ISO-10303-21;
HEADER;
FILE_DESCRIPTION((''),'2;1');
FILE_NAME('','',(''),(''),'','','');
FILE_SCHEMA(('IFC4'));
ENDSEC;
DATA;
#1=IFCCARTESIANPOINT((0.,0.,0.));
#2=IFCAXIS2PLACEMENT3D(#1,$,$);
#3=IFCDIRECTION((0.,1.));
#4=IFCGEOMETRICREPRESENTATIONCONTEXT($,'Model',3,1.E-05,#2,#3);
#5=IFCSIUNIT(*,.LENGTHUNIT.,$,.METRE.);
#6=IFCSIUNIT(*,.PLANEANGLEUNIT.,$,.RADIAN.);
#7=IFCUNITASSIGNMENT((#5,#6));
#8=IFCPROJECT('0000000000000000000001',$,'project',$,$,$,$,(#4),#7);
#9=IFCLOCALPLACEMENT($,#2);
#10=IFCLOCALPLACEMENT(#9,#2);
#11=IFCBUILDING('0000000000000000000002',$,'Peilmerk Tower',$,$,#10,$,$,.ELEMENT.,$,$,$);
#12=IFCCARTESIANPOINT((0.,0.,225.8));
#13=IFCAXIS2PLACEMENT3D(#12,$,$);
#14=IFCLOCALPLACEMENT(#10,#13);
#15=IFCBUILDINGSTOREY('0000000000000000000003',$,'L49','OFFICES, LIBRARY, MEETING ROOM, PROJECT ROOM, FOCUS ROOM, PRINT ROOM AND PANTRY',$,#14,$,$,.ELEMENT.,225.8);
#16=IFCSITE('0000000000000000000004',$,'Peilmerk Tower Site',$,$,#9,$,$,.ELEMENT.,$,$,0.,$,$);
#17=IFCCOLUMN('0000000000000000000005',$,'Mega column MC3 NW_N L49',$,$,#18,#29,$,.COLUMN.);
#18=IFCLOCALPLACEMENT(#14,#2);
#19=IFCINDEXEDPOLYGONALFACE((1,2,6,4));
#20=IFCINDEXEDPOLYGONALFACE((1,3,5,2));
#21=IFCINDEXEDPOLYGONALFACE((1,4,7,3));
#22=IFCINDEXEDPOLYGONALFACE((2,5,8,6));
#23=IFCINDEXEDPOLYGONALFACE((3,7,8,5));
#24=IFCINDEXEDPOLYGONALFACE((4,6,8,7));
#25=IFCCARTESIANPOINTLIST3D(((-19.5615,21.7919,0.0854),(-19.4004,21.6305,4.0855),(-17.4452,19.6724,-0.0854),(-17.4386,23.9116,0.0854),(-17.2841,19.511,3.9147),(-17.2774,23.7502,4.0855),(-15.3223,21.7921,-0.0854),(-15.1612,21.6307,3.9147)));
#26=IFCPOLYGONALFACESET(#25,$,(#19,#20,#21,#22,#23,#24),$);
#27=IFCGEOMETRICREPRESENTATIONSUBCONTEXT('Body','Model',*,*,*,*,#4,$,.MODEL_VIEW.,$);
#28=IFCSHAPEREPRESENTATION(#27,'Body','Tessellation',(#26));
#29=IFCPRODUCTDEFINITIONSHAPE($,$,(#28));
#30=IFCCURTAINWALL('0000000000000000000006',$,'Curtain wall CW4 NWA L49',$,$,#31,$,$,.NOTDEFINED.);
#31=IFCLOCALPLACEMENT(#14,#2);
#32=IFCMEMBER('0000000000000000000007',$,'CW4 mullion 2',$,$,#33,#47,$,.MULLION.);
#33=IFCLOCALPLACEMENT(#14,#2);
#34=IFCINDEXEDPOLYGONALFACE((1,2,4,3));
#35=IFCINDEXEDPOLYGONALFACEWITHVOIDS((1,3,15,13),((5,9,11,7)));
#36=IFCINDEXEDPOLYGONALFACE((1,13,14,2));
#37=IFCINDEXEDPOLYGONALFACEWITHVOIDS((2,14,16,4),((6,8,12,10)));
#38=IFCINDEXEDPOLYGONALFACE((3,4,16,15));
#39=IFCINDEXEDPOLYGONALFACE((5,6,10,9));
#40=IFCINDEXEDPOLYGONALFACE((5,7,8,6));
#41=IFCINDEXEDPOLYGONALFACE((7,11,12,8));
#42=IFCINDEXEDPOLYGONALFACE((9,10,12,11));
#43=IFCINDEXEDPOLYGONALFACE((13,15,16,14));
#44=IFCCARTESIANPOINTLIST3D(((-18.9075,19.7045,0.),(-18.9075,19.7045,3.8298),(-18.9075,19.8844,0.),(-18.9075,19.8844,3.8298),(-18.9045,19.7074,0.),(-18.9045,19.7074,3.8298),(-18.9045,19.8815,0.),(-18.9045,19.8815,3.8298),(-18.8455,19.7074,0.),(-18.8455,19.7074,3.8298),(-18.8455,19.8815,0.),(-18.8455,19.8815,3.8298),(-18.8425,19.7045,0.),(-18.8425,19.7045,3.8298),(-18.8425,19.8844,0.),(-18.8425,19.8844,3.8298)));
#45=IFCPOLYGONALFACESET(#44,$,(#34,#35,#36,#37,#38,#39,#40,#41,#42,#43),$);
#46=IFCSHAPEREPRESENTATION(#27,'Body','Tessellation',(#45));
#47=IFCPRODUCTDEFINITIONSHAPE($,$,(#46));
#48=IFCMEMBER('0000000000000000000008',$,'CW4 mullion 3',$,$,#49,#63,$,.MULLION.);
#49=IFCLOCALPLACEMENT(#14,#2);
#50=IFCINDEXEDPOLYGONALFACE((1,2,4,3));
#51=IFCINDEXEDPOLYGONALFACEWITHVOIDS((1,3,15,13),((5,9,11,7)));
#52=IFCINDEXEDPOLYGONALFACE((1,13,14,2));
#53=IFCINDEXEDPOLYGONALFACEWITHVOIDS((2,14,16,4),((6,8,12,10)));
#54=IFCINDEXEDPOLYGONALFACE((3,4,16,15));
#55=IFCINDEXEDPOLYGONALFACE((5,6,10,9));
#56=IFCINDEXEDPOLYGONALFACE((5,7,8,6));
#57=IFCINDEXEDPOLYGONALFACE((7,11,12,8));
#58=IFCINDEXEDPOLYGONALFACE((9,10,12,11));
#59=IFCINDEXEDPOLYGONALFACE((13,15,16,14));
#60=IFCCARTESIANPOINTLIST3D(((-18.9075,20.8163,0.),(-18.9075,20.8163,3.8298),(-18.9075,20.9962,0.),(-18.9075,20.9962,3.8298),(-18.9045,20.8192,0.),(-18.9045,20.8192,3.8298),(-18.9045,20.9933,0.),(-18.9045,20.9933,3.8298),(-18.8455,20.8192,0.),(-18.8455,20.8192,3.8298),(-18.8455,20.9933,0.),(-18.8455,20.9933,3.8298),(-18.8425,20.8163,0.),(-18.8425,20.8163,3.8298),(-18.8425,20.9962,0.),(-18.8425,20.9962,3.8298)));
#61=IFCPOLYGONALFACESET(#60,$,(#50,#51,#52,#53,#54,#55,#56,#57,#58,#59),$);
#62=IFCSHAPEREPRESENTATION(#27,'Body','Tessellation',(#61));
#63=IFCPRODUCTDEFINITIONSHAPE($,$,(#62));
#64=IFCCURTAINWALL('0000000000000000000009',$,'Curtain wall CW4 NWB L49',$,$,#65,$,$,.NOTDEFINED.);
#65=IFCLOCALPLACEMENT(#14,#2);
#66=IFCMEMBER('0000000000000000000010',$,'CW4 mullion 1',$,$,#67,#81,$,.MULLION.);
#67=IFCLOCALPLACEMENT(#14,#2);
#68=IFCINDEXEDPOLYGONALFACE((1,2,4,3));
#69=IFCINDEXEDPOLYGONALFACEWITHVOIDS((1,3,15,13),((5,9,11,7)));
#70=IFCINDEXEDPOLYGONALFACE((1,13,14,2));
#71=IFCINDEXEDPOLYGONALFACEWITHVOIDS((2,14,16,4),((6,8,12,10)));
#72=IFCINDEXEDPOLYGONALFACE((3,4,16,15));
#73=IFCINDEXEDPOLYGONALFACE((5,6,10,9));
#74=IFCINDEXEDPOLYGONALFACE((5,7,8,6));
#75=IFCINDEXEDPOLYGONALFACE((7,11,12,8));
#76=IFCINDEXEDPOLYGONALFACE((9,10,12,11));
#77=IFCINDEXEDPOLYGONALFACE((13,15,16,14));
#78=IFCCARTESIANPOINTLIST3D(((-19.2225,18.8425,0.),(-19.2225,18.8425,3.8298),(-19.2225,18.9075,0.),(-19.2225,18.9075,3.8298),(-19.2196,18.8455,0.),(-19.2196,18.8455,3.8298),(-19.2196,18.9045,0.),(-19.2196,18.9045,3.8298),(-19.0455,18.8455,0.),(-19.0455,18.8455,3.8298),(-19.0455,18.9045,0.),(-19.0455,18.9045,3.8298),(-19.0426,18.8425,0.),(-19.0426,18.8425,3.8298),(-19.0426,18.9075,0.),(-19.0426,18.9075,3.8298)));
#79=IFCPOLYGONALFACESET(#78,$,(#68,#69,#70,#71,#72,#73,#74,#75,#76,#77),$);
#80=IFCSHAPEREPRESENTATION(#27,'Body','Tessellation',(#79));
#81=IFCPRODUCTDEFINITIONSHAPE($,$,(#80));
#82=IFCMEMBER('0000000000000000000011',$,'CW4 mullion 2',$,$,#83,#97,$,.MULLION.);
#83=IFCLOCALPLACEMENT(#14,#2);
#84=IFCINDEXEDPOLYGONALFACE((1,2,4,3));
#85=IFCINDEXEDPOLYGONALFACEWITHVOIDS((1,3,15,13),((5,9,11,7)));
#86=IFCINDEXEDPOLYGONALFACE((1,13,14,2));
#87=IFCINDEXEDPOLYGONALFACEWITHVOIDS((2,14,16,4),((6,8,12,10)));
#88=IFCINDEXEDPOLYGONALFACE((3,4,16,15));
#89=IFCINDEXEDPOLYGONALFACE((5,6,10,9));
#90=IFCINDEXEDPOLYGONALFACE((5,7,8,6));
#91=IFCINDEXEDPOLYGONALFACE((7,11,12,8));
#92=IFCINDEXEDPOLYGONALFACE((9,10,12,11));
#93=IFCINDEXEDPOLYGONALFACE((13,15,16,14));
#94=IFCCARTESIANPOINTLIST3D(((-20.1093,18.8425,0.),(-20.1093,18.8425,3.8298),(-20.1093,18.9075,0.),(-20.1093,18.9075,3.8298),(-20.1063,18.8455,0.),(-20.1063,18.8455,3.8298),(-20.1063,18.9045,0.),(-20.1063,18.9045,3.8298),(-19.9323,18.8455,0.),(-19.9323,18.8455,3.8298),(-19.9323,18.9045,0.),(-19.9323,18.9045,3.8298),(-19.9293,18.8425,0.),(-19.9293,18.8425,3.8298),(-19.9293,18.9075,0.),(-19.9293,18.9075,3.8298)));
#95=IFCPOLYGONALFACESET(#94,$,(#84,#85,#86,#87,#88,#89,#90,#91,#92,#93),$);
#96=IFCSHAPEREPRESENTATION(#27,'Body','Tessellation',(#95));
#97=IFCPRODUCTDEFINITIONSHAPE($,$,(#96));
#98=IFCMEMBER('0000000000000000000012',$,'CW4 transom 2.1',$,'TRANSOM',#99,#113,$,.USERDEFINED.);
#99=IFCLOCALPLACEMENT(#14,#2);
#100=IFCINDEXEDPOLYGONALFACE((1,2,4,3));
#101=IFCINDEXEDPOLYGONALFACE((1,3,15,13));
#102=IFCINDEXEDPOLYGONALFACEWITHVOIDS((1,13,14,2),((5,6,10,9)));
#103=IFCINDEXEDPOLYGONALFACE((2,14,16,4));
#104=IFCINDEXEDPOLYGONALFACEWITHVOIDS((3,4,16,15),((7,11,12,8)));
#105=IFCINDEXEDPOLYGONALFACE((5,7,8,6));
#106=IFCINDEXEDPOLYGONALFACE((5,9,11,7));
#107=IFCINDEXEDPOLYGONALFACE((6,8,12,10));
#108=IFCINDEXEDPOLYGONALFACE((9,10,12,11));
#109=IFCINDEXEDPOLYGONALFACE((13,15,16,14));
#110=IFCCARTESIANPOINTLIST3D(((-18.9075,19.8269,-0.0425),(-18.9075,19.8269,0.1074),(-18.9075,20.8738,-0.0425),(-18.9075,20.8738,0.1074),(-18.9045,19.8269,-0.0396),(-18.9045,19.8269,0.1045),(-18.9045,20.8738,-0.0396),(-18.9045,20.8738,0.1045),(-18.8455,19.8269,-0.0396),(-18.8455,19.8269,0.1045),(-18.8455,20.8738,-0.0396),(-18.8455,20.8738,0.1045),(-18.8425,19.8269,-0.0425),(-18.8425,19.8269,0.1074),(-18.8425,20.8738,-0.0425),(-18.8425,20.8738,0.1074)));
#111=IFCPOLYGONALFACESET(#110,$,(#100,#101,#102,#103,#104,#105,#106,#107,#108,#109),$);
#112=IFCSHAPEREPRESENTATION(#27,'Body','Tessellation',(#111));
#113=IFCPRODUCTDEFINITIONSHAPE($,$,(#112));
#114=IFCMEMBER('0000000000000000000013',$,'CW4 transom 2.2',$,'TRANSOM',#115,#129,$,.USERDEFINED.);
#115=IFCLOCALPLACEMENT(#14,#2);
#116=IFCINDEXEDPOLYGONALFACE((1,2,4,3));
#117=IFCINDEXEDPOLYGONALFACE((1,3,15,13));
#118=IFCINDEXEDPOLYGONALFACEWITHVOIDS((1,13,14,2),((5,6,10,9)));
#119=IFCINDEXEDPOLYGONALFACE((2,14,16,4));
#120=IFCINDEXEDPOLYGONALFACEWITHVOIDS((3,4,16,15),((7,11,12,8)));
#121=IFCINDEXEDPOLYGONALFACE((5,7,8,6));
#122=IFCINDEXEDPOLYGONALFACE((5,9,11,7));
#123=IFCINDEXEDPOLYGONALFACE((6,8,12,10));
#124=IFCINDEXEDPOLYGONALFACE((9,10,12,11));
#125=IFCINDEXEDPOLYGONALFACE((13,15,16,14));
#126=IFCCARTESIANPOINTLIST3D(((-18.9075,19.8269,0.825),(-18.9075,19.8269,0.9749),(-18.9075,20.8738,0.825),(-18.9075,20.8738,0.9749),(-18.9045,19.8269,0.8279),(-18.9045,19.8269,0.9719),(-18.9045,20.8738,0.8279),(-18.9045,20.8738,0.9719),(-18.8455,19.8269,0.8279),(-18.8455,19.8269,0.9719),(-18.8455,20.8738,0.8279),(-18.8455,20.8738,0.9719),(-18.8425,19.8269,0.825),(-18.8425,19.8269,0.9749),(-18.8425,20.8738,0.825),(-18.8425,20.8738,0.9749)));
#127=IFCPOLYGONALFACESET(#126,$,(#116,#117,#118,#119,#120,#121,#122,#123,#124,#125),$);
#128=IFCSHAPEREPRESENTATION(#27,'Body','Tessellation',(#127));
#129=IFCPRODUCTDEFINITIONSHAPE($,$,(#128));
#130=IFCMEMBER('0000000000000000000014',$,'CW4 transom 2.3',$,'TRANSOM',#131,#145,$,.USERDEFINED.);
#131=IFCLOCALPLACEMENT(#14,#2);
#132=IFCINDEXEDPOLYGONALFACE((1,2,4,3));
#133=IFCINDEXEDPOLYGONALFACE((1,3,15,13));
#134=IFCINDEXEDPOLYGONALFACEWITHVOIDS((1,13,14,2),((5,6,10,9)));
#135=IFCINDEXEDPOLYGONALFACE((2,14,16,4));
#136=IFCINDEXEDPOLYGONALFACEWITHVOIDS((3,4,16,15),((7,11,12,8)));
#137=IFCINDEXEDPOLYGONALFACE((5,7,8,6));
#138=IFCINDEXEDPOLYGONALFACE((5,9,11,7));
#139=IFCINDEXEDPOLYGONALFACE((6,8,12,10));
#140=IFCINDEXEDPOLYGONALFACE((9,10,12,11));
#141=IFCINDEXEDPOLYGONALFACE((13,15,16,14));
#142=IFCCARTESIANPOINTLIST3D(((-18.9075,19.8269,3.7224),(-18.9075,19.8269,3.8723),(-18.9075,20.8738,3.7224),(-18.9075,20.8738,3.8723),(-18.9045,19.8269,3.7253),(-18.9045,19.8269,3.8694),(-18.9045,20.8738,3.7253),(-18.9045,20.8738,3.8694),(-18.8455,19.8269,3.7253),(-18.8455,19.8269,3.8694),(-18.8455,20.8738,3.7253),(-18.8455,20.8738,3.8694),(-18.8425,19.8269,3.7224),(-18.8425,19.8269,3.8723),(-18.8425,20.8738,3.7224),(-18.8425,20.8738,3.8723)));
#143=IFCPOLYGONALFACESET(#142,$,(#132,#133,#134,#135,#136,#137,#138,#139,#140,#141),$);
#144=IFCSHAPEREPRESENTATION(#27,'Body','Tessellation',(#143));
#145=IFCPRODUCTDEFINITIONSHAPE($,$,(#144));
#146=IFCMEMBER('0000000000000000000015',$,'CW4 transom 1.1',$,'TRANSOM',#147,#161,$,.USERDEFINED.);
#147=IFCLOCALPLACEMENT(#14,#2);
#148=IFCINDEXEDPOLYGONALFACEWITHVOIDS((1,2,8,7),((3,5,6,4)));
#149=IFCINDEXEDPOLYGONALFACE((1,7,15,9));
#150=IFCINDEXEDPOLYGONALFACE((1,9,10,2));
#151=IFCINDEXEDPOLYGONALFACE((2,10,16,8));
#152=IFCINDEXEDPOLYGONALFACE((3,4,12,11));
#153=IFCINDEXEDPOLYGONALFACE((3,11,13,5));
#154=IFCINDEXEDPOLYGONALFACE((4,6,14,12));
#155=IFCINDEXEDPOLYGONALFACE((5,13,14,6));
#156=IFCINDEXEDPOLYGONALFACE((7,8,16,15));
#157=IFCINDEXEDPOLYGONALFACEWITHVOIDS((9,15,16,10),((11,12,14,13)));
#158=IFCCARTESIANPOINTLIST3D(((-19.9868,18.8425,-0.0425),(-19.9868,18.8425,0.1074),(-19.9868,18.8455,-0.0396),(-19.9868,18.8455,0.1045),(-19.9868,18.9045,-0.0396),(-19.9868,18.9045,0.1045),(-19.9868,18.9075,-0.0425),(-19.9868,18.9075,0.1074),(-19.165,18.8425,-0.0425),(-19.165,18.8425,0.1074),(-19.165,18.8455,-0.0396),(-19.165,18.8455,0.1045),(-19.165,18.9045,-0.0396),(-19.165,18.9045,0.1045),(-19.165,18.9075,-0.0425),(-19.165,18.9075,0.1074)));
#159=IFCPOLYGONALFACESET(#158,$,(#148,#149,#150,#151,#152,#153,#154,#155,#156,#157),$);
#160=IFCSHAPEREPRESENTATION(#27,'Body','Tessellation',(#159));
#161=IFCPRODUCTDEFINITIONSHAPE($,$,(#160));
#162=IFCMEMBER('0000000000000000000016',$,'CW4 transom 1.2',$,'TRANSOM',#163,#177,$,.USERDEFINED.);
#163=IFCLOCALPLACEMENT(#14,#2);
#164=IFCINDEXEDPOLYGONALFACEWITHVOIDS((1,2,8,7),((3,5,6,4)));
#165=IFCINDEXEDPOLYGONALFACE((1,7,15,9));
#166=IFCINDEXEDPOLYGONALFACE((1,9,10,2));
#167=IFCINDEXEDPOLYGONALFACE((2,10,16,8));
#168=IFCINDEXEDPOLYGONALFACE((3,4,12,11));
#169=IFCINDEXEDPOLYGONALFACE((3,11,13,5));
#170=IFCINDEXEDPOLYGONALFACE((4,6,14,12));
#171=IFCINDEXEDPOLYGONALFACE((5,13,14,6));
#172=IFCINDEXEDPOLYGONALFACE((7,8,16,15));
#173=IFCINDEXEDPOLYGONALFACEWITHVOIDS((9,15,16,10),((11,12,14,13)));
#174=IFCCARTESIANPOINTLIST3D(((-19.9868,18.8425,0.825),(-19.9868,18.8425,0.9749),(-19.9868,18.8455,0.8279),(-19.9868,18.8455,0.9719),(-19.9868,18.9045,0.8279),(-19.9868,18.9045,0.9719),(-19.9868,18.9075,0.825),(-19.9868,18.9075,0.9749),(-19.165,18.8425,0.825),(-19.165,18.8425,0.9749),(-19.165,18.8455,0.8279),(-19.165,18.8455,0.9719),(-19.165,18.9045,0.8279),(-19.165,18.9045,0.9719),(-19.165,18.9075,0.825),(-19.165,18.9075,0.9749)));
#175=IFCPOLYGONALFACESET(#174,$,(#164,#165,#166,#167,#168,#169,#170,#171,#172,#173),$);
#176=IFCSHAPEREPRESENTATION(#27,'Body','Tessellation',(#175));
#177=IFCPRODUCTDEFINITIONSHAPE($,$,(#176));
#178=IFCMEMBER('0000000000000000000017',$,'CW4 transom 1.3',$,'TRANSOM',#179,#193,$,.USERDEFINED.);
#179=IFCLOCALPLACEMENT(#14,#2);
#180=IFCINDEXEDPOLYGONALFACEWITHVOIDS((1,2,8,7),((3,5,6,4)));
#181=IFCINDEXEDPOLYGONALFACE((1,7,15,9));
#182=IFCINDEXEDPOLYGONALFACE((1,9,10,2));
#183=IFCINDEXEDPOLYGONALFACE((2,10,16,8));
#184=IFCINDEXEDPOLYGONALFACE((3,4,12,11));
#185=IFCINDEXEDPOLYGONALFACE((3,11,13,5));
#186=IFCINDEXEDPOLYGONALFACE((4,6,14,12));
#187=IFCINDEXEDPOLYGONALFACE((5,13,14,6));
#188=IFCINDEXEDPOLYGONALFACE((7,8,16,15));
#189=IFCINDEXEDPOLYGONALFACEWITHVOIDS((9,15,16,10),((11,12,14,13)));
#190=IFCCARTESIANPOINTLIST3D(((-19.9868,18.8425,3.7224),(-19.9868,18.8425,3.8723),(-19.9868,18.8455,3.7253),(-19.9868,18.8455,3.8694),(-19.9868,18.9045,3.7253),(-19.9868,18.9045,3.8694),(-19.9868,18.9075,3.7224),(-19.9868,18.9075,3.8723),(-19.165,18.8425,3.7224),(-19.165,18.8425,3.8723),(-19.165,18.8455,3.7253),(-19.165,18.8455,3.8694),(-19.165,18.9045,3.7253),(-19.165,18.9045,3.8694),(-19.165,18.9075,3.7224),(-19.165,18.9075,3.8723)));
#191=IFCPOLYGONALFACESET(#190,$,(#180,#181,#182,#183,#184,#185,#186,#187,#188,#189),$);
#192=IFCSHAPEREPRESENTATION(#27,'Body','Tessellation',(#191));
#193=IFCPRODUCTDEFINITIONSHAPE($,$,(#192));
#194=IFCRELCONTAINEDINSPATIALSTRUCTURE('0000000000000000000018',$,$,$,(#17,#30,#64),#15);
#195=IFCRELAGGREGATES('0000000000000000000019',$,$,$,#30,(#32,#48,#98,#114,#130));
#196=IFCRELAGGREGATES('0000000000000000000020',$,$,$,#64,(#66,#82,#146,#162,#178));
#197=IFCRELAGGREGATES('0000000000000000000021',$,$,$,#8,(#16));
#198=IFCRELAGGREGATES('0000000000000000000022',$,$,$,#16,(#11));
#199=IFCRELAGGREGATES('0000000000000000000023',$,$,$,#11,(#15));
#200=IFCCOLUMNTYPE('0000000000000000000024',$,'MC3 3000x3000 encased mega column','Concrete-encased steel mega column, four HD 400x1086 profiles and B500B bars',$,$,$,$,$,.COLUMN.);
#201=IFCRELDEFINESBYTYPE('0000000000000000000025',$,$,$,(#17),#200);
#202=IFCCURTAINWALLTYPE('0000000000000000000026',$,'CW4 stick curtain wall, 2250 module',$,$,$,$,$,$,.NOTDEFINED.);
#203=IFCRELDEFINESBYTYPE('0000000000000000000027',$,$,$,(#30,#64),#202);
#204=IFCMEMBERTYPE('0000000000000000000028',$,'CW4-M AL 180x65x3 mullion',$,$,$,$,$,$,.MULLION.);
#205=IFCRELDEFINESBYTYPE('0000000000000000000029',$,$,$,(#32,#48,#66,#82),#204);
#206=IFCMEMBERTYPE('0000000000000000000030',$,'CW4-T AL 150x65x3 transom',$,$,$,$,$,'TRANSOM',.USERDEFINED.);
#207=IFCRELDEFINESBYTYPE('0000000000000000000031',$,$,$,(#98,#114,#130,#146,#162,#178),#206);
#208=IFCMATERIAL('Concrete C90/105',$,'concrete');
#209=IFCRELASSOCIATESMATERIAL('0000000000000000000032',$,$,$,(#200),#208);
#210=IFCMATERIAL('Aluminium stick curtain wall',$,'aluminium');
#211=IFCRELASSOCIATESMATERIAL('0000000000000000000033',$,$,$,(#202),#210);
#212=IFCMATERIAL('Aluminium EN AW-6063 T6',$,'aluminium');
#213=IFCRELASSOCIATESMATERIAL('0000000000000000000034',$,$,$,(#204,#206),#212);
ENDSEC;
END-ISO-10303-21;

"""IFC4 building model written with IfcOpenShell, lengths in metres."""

from ifc_helpers import new_model, si_unit, direction, frame, origin, origin_2d, place, context, subcontext, project, spatial, rectangle, hollow_rectangle, extrude, material, material_profile, profile_set, type_object, element, aggregate, save


model = new_model("IFC4")

# Units and contexts
model_context = context("Model", 3, precision=1e-05, world=origin(), true_north=direction((0.0, 1.0)))
body_context = subcontext(model_context, "Body", "Model", "MODEL_VIEW")
ifc_project = project(units=[si_unit("LENGTHUNIT", "METRE"), si_unit("PLANEANGLEUNIT", "RADIAN")], contexts=[model_context])

# Site, building, storey
site_placement = place(None, origin())
site = spatial("IfcSite", under=ifc_project, at=site_placement, Name="Peilmerk Tower Site", CompositionType="ELEMENT", RefElevation=0.0)
building_placement = place(site_placement, origin())
building = spatial("IfcBuilding", under=site, at=building_placement, Name="Peilmerk Tower", CompositionType="ELEMENT")
storey_placement = place(building_placement, frame((0.0, 0.0, 225.8)))
storey = spatial("IfcBuildingStorey", under=building, at=storey_placement, Name="L49", Description="OFFICES, LIBRARY, MEETING ROOM, PROJECT ROOM, FOCUS ROOM, PRINT ROOM AND PANTRY", CompositionType="ELEMENT", Elevation=225.8)

# Column
ifc_material_1 = material(Name="Concrete C90/105", Category="concrete")
ifc_material_profile_1 = material_profile(ifc_material_1, rectangle(XDim=3.0, YDim=3.0, at=origin_2d()), Name="RC 3000x3000")
ifc_profile_set_1 = profile_set([ifc_material_profile_1], Name="Concrete C90/105")
column_type = type_object("IfcColumnType", Name="MC3 3000x3000 encased mega column", Description="Concrete-encased steel mega column, four HD 400x1086 profiles and B500B bars", PredefinedType="COLUMN", material=ifc_profile_set_1)
column_placement = place(storey_placement, frame((-17.4419, 21.792, 0.0), z_axis=(0.040218, -0.040279, 0.998379), x_axis=(0.707642, 0.706571, 0.0)))
element("IfcColumn", 1, at=column_placement, inside=storey, type_object=column_type, Name="Mega column MC3 NW_N L49", PredefinedType="COLUMN", context=body_context, shape_type="SweptSolid", body=[
    extrude(rectangle(XDim=3.0, YDim=3.0, at=origin_2d()), origin(), (0.0, 0.0, 1.0), 4.0066),
])

# Curtain walls, members
ifc_material_2 = material(Name="Aluminium stick curtain wall", Category="aluminium")
curtain_wall_type = type_object("IfcCurtainWallType", Name="CW4 stick curtain wall, 2250 module", PredefinedType="NOTDEFINED", material=ifc_material_2)
curtain_wall_1_placement = place(storey_placement, origin())
curtain_wall_1 = element("IfcCurtainWall", 2, at=curtain_wall_1_placement, inside=storey, type_object=curtain_wall_type, Name="Curtain wall CW4 NWA L49", PredefinedType="NOTDEFINED")
ifc_material_3 = material(Name="Aluminium EN AW-6063 T6", Category="aluminium")
ifc_material_profile_2 = material_profile(ifc_material_3, hollow_rectangle(XDim=0.0649, YDim=0.1799, WallThickness=0.0029, at=origin_2d()), Name="AL 180x65x3")
ifc_profile_set_2 = profile_set([ifc_material_profile_2], Name="Aluminium EN AW-6063 T6")
member_type_1 = type_object("IfcMemberType", Name="CW4-M AL 180x65x3 mullion", PredefinedType="MULLION", material=ifc_profile_set_2)
member_1_placement = place(storey_placement, frame((-18.875, 19.7944, 0.0), z_axis=(0.0, 0.0, 1.0), x_axis=(-1.0, 0.0, 0.0)))
member_1 = element("IfcMember", 3, at=member_1_placement, type_object=member_type_1, Name="CW4 mullion 2", PredefinedType="MULLION", context=body_context, shape_type="SweptSolid", body=[
    extrude(hollow_rectangle(XDim=0.0649, YDim=0.1799, WallThickness=0.0029, at=origin_2d()), origin(), (0.0, 0.0, 1.0), 3.8298),
])
member_2_placement = place(storey_placement, frame((-18.875, 20.9062, 0.0), z_axis=(0.0, 0.0, 1.0), x_axis=(-1.0, 0.0, 0.0)))
member_2 = element("IfcMember", 4, at=member_2_placement, type_object=member_type_1, Name="CW4 mullion 3", PredefinedType="MULLION", context=body_context, shape_type="SweptSolid", body=[
    extrude(hollow_rectangle(XDim=0.0649, YDim=0.1799, WallThickness=0.0029, at=origin_2d()), origin(), (0.0, 0.0, 1.0), 3.8298),
])
curtain_wall_2_placement = place(storey_placement, origin())
curtain_wall_2 = element("IfcCurtainWall", 5, at=curtain_wall_2_placement, inside=storey, type_object=curtain_wall_type, Name="Curtain wall CW4 NWB L49", PredefinedType="NOTDEFINED")
member_3_placement = place(storey_placement, frame((-19.1326, 18.875, 0.0), z_axis=(0.0, 0.0, 1.0), x_axis=(0.0, -1.0, 0.0)))
member_3 = element("IfcMember", 6, at=member_3_placement, type_object=member_type_1, Name="CW4 mullion 1", PredefinedType="MULLION", context=body_context, shape_type="SweptSolid", body=[
    extrude(hollow_rectangle(XDim=0.0649, YDim=0.1799, WallThickness=0.0029, at=origin_2d()), origin(), (0.0, 0.0, 1.0), 3.8298),
])
member_4_placement = place(storey_placement, frame((-20.0193, 18.875, 0.0), z_axis=(0.0, 0.0, 1.0), x_axis=(0.0, -1.0, 0.0)))
member_4 = element("IfcMember", 7, at=member_4_placement, type_object=member_type_1, Name="CW4 mullion 2", PredefinedType="MULLION", context=body_context, shape_type="SweptSolid", body=[
    extrude(hollow_rectangle(XDim=0.0649, YDim=0.1799, WallThickness=0.0029, at=origin_2d()), origin(), (0.0, 0.0, 1.0), 3.8298),
])

# Members
ifc_material_profile_3 = material_profile(ifc_material_3, hollow_rectangle(XDim=0.0649, YDim=0.1499, WallThickness=0.0029, at=origin_2d()), Name="AL 150x65x3")
ifc_profile_set_3 = profile_set([ifc_material_profile_3], Name="Aluminium EN AW-6063 T6")
member_type_2 = type_object("IfcMemberType", Name="CW4-T AL 150x65x3 transom", ElementType="TRANSOM", PredefinedType="USERDEFINED", material=ifc_profile_set_3)
member_5_placement = place(storey_placement, frame((-18.875, 19.8269, 0.0325), z_axis=(0.0, 1.0, 0.0), x_axis=(-1.0, 0.0, 0.0)))
member_5 = element("IfcMember", 8, at=member_5_placement, type_object=member_type_2, Name="CW4 transom 2.1", ObjectType="TRANSOM", PredefinedType="USERDEFINED", context=body_context, shape_type="SweptSolid", body=[
    extrude(hollow_rectangle(XDim=0.0649, YDim=0.1499, WallThickness=0.0029, at=origin_2d()), origin(), (0.0, 0.0, 1.0), 1.0469),
])
member_6_placement = place(storey_placement, frame((-18.875, 19.8269, 0.8999), z_axis=(0.0, 1.0, 0.0), x_axis=(-1.0, 0.0, 0.0)))
member_6 = element("IfcMember", 9, at=member_6_placement, type_object=member_type_2, Name="CW4 transom 2.2", ObjectType="TRANSOM", PredefinedType="USERDEFINED", context=body_context, shape_type="SweptSolid", body=[
    extrude(hollow_rectangle(XDim=0.0649, YDim=0.1499, WallThickness=0.0029, at=origin_2d()), origin(), (0.0, 0.0, 1.0), 1.0469),
])
member_7_placement = place(storey_placement, frame((-18.875, 19.8269, 3.7974), z_axis=(0.0, 1.0, 0.0), x_axis=(-1.0, 0.0, 0.0)))
member_7 = element("IfcMember", 10, at=member_7_placement, type_object=member_type_2, Name="CW4 transom 2.3", ObjectType="TRANSOM", PredefinedType="USERDEFINED", context=body_context, shape_type="SweptSolid", body=[
    extrude(hollow_rectangle(XDim=0.0649, YDim=0.1499, WallThickness=0.0029, at=origin_2d()), origin(), (0.0, 0.0, 1.0), 1.0469),
])
member_8_placement = place(storey_placement, frame((-19.165, 18.875, 0.0325), z_axis=(-1.0, 0.0, 0.0), x_axis=(0.0, -1.0, 0.0)))
member_8 = element("IfcMember", 11, at=member_8_placement, type_object=member_type_2, Name="CW4 transom 1.1", ObjectType="TRANSOM", PredefinedType="USERDEFINED", context=body_context, shape_type="SweptSolid", body=[
    extrude(hollow_rectangle(XDim=0.0649, YDim=0.1499, WallThickness=0.0029, at=origin_2d()), origin(), (0.0, 0.0, 1.0), 0.8218),
])
member_9_placement = place(storey_placement, frame((-19.165, 18.875, 0.8999), z_axis=(-1.0, 0.0, 0.0), x_axis=(0.0, -1.0, 0.0)))
member_9 = element("IfcMember", 12, at=member_9_placement, type_object=member_type_2, Name="CW4 transom 1.2", ObjectType="TRANSOM", PredefinedType="USERDEFINED", context=body_context, shape_type="SweptSolid", body=[
    extrude(hollow_rectangle(XDim=0.0649, YDim=0.1499, WallThickness=0.0029, at=origin_2d()), origin(), (0.0, 0.0, 1.0), 0.8218),
])
member_10_placement = place(storey_placement, frame((-19.165, 18.875, 3.7974), z_axis=(-1.0, 0.0, 0.0), x_axis=(0.0, -1.0, 0.0)))
member_10 = element("IfcMember", 13, at=member_10_placement, type_object=member_type_2, Name="CW4 transom 1.3", ObjectType="TRANSOM", PredefinedType="USERDEFINED", context=body_context, shape_type="SweptSolid", body=[
    extrude(hollow_rectangle(XDim=0.0649, YDim=0.1499, WallThickness=0.0029, at=origin_2d()), origin(), (0.0, 0.0, 1.0), 0.8218),
])

aggregate(curtain_wall_1, [member_1, member_2, member_5, member_6, member_7])
aggregate(curtain_wall_2, [member_3, member_4, member_8, member_9, member_10])

save(model, "model.ifc")
